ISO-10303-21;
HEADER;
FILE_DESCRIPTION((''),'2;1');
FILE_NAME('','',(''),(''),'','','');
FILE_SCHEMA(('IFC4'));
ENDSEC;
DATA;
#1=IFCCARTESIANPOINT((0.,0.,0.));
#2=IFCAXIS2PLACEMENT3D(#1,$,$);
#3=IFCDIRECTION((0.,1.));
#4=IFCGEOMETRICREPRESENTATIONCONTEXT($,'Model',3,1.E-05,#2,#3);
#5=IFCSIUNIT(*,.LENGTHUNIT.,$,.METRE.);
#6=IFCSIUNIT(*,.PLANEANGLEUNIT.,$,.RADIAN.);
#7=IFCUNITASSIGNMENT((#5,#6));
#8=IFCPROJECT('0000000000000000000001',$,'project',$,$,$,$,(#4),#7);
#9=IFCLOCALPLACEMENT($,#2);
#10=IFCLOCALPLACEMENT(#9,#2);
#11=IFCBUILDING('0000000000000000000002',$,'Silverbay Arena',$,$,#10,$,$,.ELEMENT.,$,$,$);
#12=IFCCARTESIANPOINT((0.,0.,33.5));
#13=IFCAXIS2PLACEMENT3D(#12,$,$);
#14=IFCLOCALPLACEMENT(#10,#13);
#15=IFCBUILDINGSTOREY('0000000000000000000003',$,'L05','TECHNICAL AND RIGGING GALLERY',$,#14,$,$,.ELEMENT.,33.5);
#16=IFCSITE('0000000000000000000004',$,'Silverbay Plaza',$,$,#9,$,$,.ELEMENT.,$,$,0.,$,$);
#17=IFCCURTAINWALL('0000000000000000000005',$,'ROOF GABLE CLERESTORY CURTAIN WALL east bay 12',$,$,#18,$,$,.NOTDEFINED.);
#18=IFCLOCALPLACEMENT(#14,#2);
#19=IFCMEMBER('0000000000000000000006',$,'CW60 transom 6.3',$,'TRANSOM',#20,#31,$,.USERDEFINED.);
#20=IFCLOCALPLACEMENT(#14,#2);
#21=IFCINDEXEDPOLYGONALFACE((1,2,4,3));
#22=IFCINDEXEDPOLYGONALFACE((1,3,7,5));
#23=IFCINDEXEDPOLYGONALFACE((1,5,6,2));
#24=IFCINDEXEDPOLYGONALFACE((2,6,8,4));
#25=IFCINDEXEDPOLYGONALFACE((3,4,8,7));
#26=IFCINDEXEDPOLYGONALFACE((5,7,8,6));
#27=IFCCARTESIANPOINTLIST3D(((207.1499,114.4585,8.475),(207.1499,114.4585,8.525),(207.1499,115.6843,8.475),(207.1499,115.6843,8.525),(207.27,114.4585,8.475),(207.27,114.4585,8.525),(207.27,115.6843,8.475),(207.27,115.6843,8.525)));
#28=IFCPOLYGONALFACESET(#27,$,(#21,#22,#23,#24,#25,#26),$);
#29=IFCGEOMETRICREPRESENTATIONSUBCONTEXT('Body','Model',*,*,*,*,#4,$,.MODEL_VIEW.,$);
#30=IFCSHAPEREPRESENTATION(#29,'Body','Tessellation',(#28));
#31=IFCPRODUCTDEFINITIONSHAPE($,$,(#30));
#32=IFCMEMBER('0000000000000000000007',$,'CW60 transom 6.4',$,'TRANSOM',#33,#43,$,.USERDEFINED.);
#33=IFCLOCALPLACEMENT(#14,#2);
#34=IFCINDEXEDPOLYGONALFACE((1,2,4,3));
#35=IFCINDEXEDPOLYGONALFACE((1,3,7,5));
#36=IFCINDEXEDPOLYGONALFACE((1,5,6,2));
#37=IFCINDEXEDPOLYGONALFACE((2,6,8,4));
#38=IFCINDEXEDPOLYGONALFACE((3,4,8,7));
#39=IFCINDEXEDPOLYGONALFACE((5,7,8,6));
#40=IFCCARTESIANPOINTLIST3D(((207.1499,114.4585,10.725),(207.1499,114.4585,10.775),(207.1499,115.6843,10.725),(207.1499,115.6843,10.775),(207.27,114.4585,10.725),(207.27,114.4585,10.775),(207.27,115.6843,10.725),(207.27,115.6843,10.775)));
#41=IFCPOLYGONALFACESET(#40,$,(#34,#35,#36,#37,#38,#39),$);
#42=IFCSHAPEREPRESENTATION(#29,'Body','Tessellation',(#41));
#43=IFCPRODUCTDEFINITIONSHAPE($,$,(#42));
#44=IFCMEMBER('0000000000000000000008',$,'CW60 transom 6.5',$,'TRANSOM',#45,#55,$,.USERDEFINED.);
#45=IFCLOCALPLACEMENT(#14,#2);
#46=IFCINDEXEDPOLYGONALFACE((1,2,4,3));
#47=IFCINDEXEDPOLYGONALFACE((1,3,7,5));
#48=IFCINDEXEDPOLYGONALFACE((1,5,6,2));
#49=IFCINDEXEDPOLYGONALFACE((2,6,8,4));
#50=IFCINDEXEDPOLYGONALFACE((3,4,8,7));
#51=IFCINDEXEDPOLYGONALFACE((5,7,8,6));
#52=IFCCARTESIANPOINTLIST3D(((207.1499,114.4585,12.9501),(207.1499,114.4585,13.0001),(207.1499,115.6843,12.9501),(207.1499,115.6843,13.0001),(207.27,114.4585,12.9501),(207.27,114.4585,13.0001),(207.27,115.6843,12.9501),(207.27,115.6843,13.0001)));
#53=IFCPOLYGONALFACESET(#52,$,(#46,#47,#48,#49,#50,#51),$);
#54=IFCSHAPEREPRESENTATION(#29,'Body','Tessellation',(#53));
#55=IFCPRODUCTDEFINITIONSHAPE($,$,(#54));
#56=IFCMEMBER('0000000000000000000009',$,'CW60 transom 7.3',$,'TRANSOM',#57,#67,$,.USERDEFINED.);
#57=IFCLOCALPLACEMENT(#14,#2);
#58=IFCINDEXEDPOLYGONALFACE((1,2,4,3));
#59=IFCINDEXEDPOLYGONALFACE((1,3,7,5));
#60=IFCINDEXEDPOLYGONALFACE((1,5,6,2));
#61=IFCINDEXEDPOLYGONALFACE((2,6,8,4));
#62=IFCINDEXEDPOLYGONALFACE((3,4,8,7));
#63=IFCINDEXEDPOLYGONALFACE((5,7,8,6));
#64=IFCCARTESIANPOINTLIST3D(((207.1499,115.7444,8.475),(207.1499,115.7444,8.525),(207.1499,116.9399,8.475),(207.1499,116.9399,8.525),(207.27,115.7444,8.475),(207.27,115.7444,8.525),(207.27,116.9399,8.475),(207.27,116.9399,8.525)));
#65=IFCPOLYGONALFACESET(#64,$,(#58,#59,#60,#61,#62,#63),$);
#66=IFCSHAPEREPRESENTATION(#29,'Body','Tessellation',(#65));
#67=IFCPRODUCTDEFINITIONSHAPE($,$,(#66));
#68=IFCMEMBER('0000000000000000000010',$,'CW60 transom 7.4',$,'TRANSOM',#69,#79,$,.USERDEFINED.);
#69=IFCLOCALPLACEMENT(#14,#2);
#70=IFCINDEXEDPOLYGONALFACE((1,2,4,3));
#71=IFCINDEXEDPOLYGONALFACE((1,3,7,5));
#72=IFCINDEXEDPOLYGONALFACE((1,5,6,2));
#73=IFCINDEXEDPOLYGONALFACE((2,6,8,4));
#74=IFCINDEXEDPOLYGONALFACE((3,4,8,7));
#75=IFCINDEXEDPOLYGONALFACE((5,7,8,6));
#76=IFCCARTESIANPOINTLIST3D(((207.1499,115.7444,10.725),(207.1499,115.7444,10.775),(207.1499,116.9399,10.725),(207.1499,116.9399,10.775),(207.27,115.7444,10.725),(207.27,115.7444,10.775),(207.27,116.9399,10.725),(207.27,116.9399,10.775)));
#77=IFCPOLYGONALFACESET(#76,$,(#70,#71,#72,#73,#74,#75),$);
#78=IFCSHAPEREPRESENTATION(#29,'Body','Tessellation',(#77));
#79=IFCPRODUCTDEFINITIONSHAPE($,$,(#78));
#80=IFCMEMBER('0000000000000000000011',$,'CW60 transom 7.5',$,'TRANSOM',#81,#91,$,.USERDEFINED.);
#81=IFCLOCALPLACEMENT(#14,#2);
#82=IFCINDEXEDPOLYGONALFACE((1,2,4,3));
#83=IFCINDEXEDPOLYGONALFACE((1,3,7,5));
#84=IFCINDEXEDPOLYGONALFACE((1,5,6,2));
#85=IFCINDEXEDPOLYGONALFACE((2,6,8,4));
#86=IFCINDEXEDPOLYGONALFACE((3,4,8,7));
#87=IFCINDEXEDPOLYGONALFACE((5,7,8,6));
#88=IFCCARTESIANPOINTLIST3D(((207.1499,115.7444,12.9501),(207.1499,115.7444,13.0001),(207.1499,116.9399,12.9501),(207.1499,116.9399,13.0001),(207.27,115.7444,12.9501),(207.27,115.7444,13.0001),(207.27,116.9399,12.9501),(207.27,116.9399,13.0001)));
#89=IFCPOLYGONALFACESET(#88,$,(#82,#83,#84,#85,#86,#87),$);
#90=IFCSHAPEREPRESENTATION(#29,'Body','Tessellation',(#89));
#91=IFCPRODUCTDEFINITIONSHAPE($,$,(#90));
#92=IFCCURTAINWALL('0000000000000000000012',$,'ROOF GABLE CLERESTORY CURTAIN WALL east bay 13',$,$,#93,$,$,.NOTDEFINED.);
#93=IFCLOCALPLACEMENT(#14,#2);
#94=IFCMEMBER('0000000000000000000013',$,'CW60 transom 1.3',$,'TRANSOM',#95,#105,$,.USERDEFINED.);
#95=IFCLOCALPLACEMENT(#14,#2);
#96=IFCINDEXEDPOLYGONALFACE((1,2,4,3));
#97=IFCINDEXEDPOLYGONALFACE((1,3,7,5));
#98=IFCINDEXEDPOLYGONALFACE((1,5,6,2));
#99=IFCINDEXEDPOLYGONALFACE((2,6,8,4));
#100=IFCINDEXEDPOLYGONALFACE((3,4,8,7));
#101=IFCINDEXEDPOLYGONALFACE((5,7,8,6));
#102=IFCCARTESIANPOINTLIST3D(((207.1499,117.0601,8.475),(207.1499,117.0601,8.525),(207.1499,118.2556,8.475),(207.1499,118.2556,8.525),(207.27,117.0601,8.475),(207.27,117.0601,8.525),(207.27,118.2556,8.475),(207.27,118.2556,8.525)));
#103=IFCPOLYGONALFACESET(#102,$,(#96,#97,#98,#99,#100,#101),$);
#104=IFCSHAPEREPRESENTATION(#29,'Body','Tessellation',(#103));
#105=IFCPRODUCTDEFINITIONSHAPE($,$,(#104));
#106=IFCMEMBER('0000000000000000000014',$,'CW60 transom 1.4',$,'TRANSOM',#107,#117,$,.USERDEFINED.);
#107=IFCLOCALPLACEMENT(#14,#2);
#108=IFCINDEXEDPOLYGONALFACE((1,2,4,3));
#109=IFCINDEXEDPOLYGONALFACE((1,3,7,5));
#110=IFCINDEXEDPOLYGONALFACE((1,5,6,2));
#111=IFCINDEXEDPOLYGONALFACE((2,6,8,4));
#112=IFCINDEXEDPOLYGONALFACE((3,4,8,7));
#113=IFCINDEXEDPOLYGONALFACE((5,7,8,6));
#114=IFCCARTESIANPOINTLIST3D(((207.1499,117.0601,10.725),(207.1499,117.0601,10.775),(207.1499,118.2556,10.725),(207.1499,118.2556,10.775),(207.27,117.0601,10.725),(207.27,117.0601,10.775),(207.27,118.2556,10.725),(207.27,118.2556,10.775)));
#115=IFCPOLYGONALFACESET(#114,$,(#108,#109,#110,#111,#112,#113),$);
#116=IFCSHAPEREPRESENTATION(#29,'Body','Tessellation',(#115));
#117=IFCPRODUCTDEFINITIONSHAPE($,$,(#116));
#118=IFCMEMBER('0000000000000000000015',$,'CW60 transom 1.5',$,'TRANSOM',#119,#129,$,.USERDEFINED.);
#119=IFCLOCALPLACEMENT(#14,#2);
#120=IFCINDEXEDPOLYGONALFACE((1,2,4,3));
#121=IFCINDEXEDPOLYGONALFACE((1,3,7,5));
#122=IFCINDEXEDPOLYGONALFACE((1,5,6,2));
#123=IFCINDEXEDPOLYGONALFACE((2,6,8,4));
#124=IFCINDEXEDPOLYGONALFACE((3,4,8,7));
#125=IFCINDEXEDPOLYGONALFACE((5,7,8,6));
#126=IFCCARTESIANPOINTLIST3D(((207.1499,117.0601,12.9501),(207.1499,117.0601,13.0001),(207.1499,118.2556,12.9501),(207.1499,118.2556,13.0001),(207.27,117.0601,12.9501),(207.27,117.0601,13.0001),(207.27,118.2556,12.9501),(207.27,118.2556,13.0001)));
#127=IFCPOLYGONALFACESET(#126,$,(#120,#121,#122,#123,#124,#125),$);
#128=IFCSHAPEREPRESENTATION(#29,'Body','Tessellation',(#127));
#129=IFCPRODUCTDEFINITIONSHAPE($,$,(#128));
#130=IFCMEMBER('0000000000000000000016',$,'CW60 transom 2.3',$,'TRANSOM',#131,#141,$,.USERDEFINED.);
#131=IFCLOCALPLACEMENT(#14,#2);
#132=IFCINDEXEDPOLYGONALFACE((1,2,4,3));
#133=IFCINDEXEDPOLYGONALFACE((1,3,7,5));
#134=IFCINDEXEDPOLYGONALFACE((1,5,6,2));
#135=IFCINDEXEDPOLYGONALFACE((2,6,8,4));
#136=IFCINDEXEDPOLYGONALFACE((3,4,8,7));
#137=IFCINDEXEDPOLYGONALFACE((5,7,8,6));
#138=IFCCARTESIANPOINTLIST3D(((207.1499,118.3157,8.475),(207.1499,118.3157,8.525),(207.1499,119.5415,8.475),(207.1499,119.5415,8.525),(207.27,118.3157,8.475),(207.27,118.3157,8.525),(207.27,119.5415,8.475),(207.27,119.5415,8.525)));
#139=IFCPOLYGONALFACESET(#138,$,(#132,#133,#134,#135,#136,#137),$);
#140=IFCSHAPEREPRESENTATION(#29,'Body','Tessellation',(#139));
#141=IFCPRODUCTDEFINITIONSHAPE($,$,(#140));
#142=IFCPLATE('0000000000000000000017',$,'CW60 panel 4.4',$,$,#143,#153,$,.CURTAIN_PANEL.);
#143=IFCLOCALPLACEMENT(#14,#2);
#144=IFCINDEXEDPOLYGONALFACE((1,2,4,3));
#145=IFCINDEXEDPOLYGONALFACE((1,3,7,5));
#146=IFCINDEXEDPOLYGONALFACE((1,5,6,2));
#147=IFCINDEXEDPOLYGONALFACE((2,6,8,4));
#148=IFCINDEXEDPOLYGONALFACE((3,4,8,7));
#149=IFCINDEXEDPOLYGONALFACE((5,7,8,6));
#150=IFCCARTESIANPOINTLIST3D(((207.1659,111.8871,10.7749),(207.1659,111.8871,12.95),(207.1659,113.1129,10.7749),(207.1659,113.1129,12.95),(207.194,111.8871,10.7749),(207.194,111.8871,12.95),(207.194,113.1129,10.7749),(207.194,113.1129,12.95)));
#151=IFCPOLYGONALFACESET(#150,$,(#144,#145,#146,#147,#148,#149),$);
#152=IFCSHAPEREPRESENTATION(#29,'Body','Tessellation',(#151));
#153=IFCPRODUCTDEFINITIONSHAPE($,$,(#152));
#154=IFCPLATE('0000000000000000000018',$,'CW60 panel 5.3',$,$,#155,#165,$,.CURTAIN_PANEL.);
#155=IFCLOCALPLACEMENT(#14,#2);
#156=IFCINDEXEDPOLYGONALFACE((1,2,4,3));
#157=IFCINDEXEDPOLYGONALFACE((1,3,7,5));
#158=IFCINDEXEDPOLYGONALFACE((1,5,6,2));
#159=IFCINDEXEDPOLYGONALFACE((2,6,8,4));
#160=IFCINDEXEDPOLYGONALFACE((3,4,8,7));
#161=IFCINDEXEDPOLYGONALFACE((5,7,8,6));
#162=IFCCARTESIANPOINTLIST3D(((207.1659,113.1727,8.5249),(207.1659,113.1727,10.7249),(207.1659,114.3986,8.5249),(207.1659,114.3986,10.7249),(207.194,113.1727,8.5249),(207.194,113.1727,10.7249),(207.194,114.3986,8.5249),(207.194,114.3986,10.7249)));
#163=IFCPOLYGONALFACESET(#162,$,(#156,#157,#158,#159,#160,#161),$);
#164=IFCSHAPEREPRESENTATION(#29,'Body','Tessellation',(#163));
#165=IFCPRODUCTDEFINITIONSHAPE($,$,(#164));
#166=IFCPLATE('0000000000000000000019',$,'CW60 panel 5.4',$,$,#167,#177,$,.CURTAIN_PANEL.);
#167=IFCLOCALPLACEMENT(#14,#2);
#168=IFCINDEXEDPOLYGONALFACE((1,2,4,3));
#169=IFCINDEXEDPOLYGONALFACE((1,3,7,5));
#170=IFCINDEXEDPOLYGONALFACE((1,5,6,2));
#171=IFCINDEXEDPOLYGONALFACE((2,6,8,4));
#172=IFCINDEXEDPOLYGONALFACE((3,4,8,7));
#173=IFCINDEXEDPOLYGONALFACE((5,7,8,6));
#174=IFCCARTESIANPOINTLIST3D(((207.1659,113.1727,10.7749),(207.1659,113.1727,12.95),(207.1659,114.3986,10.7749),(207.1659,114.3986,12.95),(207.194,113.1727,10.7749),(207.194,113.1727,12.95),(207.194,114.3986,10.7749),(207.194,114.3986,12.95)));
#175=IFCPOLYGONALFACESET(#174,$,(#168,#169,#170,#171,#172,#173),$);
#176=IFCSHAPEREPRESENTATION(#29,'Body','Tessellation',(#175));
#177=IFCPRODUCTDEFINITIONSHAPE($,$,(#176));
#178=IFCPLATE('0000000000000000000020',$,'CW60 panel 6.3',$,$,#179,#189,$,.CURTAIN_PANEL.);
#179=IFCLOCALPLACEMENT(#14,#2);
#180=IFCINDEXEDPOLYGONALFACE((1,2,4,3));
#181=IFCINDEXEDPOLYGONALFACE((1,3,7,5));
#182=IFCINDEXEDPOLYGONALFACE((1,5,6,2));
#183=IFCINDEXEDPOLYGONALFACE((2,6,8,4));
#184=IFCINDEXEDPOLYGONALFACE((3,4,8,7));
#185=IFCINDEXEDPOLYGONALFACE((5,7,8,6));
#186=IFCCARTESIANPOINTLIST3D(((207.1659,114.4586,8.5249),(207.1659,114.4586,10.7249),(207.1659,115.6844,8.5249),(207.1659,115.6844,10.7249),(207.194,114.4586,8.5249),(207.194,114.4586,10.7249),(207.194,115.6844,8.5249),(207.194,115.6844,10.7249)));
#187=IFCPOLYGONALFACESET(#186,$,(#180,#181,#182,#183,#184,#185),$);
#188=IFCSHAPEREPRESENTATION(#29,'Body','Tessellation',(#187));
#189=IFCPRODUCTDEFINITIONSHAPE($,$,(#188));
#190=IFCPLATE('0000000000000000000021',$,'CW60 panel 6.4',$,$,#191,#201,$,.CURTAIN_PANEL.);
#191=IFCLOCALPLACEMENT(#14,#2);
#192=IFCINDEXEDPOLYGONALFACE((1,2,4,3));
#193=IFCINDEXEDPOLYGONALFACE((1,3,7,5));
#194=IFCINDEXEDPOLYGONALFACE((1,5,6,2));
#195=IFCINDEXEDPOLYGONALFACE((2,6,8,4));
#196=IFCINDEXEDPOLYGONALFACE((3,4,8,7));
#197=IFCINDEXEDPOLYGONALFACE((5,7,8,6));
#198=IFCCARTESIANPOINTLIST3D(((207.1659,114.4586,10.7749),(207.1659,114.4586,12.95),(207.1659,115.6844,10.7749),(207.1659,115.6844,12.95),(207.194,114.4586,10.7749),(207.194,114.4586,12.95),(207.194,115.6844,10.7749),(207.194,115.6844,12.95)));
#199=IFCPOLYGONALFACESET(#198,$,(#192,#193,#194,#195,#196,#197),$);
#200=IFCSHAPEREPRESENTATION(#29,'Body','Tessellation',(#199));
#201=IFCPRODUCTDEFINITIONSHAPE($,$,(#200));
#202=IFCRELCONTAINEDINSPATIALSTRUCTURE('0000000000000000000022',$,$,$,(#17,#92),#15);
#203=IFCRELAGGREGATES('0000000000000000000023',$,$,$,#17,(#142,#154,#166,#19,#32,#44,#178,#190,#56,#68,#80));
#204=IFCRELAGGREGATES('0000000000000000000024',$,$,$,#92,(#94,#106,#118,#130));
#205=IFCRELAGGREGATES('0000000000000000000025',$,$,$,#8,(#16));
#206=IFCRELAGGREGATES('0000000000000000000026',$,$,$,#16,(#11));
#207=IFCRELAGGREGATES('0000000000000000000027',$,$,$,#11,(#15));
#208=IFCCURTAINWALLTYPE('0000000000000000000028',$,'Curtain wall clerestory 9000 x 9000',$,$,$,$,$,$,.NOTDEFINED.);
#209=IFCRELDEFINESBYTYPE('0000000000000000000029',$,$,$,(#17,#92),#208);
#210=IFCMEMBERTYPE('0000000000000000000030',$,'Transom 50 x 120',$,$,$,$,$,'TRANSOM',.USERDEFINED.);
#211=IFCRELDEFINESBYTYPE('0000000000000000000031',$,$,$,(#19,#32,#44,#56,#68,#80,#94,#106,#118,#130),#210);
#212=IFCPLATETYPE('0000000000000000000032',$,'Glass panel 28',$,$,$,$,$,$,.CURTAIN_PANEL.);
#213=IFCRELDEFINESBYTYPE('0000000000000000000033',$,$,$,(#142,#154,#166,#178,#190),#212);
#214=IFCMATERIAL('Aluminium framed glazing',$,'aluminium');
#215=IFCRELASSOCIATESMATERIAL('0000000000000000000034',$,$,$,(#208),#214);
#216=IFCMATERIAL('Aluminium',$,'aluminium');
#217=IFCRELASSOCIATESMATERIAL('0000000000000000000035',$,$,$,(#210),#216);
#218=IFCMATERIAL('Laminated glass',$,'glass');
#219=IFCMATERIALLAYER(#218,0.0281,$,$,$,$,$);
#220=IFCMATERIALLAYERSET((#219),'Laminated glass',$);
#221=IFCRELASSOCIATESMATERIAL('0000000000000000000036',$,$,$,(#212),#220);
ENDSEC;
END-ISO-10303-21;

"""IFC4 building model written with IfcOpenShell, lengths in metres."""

from ifc_helpers import new_model, si_unit, direction, frame, origin, origin_2d, place, context, subcontext, project, spatial, rectangle, extrude, material, layer, layer_set, material_profile, profile_set, type_object, element, aggregate, save


model = new_model("IFC4")

# Units and contexts
model_context = context("Model", 3, precision=1e-05, world=origin(), true_north=direction((0.0, 1.0)))
body_context = subcontext(model_context, "Body", "Model", "MODEL_VIEW")
ifc_project = project(units=[si_unit("LENGTHUNIT", "METRE"), si_unit("PLANEANGLEUNIT", "RADIAN")], contexts=[model_context])

# Site, building, storey
site_placement = place(None, origin())
site = spatial("IfcSite", under=ifc_project, at=site_placement, Name="Silverbay Plaza", CompositionType="ELEMENT", RefElevation=0.0)
building_placement = place(site_placement, origin())
building = spatial("IfcBuilding", under=site, at=building_placement, Name="Silverbay Arena", CompositionType="ELEMENT")
storey_placement = place(building_placement, frame((0.0, 0.0, 33.5)))
storey = spatial("IfcBuildingStorey", under=building, at=storey_placement, Name="L05", Description="TECHNICAL AND RIGGING GALLERY", CompositionType="ELEMENT", Elevation=33.5)

# Curtain walls, members
ifc_material_1 = material(Name="Aluminium framed glazing", Category="aluminium")
curtain_wall_type = type_object("IfcCurtainWallType", Name="Curtain wall clerestory 9000 x 9000", PredefinedType="NOTDEFINED", material=ifc_material_1)
curtain_wall_1_placement = place(storey_placement, origin())
curtain_wall_1 = element("IfcCurtainWall", 1, at=curtain_wall_1_placement, inside=storey, type_object=curtain_wall_type, Name="ROOF GABLE CLERESTORY CURTAIN WALL east bay 12", PredefinedType="NOTDEFINED")
ifc_material_2 = material(Name="Aluminium", Category="aluminium")
ifc_material_profile_1 = material_profile(ifc_material_2, rectangle(XDim=0.1201, YDim=0.05, at=origin_2d()), Name="Transom 50 x 120")
ifc_profile_set_1 = profile_set([ifc_material_profile_1], Name="Aluminium")
member_type_1 = type_object("IfcMemberType", Name="Transom 50 x 120", ElementType="TRANSOM", PredefinedType="USERDEFINED", material=ifc_profile_set_1)
member_1_placement = place(storey_placement, frame((207.21, 114.4585, 8.5), z_axis=(0.0, 1.0, 0.0), x_axis=(-1.0, 0.0, 0.0)))
member_1 = element("IfcMember", 2, at=member_1_placement, type_object=member_type_1, Name="CW60 transom 6.3", ObjectType="TRANSOM", PredefinedType="USERDEFINED", context=body_context, shape_type="SweptSolid", body=[
    extrude(rectangle(XDim=0.1201, YDim=0.05, at=origin_2d()), origin(), (0.0, 0.0, 1.0), 1.2258),
])
member_2_placement = place(storey_placement, frame((207.21, 114.4585, 10.75), z_axis=(0.0, 1.0, 0.0), x_axis=(-1.0, 0.0, 0.0)))
member_2 = element("IfcMember", 3, at=member_2_placement, type_object=member_type_1, Name="CW60 transom 6.4", ObjectType="TRANSOM", PredefinedType="USERDEFINED", context=body_context, shape_type="SweptSolid", body=[
    extrude(rectangle(XDim=0.1201, YDim=0.05, at=origin_2d()), origin(), (0.0, 0.0, 1.0), 1.2258),
])
member_3_placement = place(storey_placement, frame((207.21, 114.4585, 12.9751), z_axis=(0.0, 1.0, 0.0), x_axis=(-1.0, 0.0, 0.0)))
member_3 = element("IfcMember", 4, at=member_3_placement, type_object=member_type_1, Name="CW60 transom 6.5", ObjectType="TRANSOM", PredefinedType="USERDEFINED", context=body_context, shape_type="SweptSolid", body=[
    extrude(rectangle(XDim=0.1201, YDim=0.05, at=origin_2d()), origin(), (0.0, 0.0, 1.0), 1.2258),
])
member_4_placement = place(storey_placement, frame((207.21, 115.7444, 8.5), z_axis=(0.0, 1.0, 0.0), x_axis=(-1.0, 0.0, 0.0)))
member_4 = element("IfcMember", 5, at=member_4_placement, type_object=member_type_1, Name="CW60 transom 7.3", ObjectType="TRANSOM", PredefinedType="USERDEFINED", context=body_context, shape_type="SweptSolid", body=[
    extrude(rectangle(XDim=0.1201, YDim=0.05, at=origin_2d()), origin(), (0.0, 0.0, 1.0), 1.1956),
])
member_5_placement = place(storey_placement, frame((207.21, 115.7444, 10.75), z_axis=(0.0, 1.0, 0.0), x_axis=(-1.0, 0.0, 0.0)))
member_5 = element("IfcMember", 6, at=member_5_placement, type_object=member_type_1, Name="CW60 transom 7.4", ObjectType="TRANSOM", PredefinedType="USERDEFINED", context=body_context, shape_type="SweptSolid", body=[
    extrude(rectangle(XDim=0.1201, YDim=0.05, at=origin_2d()), origin(), (0.0, 0.0, 1.0), 1.1956),
])
member_6_placement = place(storey_placement, frame((207.21, 115.7444, 12.9751), z_axis=(0.0, 1.0, 0.0), x_axis=(-1.0, 0.0, 0.0)))
member_6 = element("IfcMember", 7, at=member_6_placement, type_object=member_type_1, Name="CW60 transom 7.5", ObjectType="TRANSOM", PredefinedType="USERDEFINED", context=body_context, shape_type="SweptSolid", body=[
    extrude(rectangle(XDim=0.1201, YDim=0.05, at=origin_2d()), origin(), (0.0, 0.0, 1.0), 1.1956),
])
curtain_wall_2_placement = place(storey_placement, origin())
curtain_wall_2 = element("IfcCurtainWall", 8, at=curtain_wall_2_placement, inside=storey, type_object=curtain_wall_type, Name="ROOF GABLE CLERESTORY CURTAIN WALL east bay 13", PredefinedType="NOTDEFINED")
member_7_placement = place(storey_placement, frame((207.21, 117.0601, 8.5), z_axis=(0.0, 1.0, 0.0), x_axis=(-1.0, 0.0, 0.0)))
member_7 = element("IfcMember", 9, at=member_7_placement, type_object=member_type_1, Name="CW60 transom 1.3", ObjectType="TRANSOM", PredefinedType="USERDEFINED", context=body_context, shape_type="SweptSolid", body=[
    extrude(rectangle(XDim=0.1201, YDim=0.05, at=origin_2d()), origin(), (0.0, 0.0, 1.0), 1.1956),
])
member_8_placement = place(storey_placement, frame((207.21, 117.0601, 10.75), z_axis=(0.0, 1.0, 0.0), x_axis=(-1.0, 0.0, 0.0)))
member_8 = element("IfcMember", 10, at=member_8_placement, type_object=member_type_1, Name="CW60 transom 1.4", ObjectType="TRANSOM", PredefinedType="USERDEFINED", context=body_context, shape_type="SweptSolid", body=[
    extrude(rectangle(XDim=0.1201, YDim=0.05, at=origin_2d()), origin(), (0.0, 0.0, 1.0), 1.1956),
])
member_9_placement = place(storey_placement, frame((207.21, 117.0601, 12.9751), z_axis=(0.0, 1.0, 0.0), x_axis=(-1.0, 0.0, 0.0)))
member_9 = element("IfcMember", 11, at=member_9_placement, type_object=member_type_1, Name="CW60 transom 1.5", ObjectType="TRANSOM", PredefinedType="USERDEFINED", context=body_context, shape_type="SweptSolid", body=[
    extrude(rectangle(XDim=0.1201, YDim=0.05, at=origin_2d()), origin(), (0.0, 0.0, 1.0), 1.1956),
])
member_10_placement = place(storey_placement, frame((207.21, 118.3157, 8.5), z_axis=(0.0, 1.0, 0.0), x_axis=(-1.0, 0.0, 0.0)))
member_10 = element("IfcMember", 12, at=member_10_placement, type_object=member_type_1, Name="CW60 transom 2.3", ObjectType="TRANSOM", PredefinedType="USERDEFINED", context=body_context, shape_type="SweptSolid", body=[
    extrude(rectangle(XDim=0.1201, YDim=0.05, at=origin_2d()), origin(), (0.0, 0.0, 1.0), 1.2258),
])

# Plates
ifc_material_3 = material(Name="Laminated glass", Category="glass")
ifc_layer = layer(ifc_material_3, 0.0281)
ifc_layer_set = layer_set([ifc_layer], Name="Laminated glass")
plate_type = type_object("IfcPlateType", Name="Glass panel 28", PredefinedType="CURTAIN_PANEL", material=ifc_layer_set)
plate_1_placement = place(storey_placement, frame((207.1799, 112.5, 10.7749), z_axis=(0.0, 0.0, 1.0), x_axis=(0.0, 1.0, 0.0)))
plate_1 = element("IfcPlate", 13, at=plate_1_placement, type_object=plate_type, Name="CW60 panel 4.4", PredefinedType="CURTAIN_PANEL", context=body_context, shape_type="SweptSolid", body=[
    extrude(rectangle(XDim=1.2258, YDim=0.0281, at=origin_2d()), origin(), (0.0, 0.0, 1.0), 2.175),
])
plate_2_placement = place(storey_placement, frame((207.1799, 113.7856, 8.5249), z_axis=(0.0, 0.0, 1.0), x_axis=(0.0, 1.0, 0.0)))
plate_2 = element("IfcPlate", 14, at=plate_2_placement, type_object=plate_type, Name="CW60 panel 5.3", PredefinedType="CURTAIN_PANEL", context=body_context, shape_type="SweptSolid", body=[
    extrude(rectangle(XDim=1.2258, YDim=0.0281, at=origin_2d()), origin(), (0.0, 0.0, 1.0), 2.2),
])
plate_3_placement = place(storey_placement, frame((207.1799, 113.7856, 10.7749), z_axis=(0.0, 0.0, 1.0), x_axis=(0.0, 1.0, 0.0)))
plate_3 = element("IfcPlate", 15, at=plate_3_placement, type_object=plate_type, Name="CW60 panel 5.4", PredefinedType="CURTAIN_PANEL", context=body_context, shape_type="SweptSolid", body=[
    extrude(rectangle(XDim=1.2258, YDim=0.0281, at=origin_2d()), origin(), (0.0, 0.0, 1.0), 2.175),
])
plate_4_placement = place(storey_placement, frame((207.1799, 115.0715, 8.5249), z_axis=(0.0, 0.0, 1.0), x_axis=(0.0, 1.0, 0.0)))
plate_4 = element("IfcPlate", 16, at=plate_4_placement, type_object=plate_type, Name="CW60 panel 6.3", PredefinedType="CURTAIN_PANEL", context=body_context, shape_type="SweptSolid", body=[
    extrude(rectangle(XDim=1.2258, YDim=0.0281, at=origin_2d()), origin(), (0.0, 0.0, 1.0), 2.2),
])
plate_5_placement = place(storey_placement, frame((207.1799, 115.0715, 10.7749), z_axis=(0.0, 0.0, 1.0), x_axis=(0.0, 1.0, 0.0)))
plate_5 = element("IfcPlate", 17, at=plate_5_placement, type_object=plate_type, Name="CW60 panel 6.4", PredefinedType="CURTAIN_PANEL", context=body_context, shape_type="SweptSolid", body=[
    extrude(rectangle(XDim=1.2258, YDim=0.0281, at=origin_2d()), origin(), (0.0, 0.0, 1.0), 2.175),
])
aggregate(curtain_wall_1, [plate_1, plate_2, plate_3, member_1, member_2, member_3, plate_4, plate_5, member_4, member_5, member_6])
aggregate(curtain_wall_2, [member_7, member_8, member_9, member_10])

save(model, "model.ifc")
